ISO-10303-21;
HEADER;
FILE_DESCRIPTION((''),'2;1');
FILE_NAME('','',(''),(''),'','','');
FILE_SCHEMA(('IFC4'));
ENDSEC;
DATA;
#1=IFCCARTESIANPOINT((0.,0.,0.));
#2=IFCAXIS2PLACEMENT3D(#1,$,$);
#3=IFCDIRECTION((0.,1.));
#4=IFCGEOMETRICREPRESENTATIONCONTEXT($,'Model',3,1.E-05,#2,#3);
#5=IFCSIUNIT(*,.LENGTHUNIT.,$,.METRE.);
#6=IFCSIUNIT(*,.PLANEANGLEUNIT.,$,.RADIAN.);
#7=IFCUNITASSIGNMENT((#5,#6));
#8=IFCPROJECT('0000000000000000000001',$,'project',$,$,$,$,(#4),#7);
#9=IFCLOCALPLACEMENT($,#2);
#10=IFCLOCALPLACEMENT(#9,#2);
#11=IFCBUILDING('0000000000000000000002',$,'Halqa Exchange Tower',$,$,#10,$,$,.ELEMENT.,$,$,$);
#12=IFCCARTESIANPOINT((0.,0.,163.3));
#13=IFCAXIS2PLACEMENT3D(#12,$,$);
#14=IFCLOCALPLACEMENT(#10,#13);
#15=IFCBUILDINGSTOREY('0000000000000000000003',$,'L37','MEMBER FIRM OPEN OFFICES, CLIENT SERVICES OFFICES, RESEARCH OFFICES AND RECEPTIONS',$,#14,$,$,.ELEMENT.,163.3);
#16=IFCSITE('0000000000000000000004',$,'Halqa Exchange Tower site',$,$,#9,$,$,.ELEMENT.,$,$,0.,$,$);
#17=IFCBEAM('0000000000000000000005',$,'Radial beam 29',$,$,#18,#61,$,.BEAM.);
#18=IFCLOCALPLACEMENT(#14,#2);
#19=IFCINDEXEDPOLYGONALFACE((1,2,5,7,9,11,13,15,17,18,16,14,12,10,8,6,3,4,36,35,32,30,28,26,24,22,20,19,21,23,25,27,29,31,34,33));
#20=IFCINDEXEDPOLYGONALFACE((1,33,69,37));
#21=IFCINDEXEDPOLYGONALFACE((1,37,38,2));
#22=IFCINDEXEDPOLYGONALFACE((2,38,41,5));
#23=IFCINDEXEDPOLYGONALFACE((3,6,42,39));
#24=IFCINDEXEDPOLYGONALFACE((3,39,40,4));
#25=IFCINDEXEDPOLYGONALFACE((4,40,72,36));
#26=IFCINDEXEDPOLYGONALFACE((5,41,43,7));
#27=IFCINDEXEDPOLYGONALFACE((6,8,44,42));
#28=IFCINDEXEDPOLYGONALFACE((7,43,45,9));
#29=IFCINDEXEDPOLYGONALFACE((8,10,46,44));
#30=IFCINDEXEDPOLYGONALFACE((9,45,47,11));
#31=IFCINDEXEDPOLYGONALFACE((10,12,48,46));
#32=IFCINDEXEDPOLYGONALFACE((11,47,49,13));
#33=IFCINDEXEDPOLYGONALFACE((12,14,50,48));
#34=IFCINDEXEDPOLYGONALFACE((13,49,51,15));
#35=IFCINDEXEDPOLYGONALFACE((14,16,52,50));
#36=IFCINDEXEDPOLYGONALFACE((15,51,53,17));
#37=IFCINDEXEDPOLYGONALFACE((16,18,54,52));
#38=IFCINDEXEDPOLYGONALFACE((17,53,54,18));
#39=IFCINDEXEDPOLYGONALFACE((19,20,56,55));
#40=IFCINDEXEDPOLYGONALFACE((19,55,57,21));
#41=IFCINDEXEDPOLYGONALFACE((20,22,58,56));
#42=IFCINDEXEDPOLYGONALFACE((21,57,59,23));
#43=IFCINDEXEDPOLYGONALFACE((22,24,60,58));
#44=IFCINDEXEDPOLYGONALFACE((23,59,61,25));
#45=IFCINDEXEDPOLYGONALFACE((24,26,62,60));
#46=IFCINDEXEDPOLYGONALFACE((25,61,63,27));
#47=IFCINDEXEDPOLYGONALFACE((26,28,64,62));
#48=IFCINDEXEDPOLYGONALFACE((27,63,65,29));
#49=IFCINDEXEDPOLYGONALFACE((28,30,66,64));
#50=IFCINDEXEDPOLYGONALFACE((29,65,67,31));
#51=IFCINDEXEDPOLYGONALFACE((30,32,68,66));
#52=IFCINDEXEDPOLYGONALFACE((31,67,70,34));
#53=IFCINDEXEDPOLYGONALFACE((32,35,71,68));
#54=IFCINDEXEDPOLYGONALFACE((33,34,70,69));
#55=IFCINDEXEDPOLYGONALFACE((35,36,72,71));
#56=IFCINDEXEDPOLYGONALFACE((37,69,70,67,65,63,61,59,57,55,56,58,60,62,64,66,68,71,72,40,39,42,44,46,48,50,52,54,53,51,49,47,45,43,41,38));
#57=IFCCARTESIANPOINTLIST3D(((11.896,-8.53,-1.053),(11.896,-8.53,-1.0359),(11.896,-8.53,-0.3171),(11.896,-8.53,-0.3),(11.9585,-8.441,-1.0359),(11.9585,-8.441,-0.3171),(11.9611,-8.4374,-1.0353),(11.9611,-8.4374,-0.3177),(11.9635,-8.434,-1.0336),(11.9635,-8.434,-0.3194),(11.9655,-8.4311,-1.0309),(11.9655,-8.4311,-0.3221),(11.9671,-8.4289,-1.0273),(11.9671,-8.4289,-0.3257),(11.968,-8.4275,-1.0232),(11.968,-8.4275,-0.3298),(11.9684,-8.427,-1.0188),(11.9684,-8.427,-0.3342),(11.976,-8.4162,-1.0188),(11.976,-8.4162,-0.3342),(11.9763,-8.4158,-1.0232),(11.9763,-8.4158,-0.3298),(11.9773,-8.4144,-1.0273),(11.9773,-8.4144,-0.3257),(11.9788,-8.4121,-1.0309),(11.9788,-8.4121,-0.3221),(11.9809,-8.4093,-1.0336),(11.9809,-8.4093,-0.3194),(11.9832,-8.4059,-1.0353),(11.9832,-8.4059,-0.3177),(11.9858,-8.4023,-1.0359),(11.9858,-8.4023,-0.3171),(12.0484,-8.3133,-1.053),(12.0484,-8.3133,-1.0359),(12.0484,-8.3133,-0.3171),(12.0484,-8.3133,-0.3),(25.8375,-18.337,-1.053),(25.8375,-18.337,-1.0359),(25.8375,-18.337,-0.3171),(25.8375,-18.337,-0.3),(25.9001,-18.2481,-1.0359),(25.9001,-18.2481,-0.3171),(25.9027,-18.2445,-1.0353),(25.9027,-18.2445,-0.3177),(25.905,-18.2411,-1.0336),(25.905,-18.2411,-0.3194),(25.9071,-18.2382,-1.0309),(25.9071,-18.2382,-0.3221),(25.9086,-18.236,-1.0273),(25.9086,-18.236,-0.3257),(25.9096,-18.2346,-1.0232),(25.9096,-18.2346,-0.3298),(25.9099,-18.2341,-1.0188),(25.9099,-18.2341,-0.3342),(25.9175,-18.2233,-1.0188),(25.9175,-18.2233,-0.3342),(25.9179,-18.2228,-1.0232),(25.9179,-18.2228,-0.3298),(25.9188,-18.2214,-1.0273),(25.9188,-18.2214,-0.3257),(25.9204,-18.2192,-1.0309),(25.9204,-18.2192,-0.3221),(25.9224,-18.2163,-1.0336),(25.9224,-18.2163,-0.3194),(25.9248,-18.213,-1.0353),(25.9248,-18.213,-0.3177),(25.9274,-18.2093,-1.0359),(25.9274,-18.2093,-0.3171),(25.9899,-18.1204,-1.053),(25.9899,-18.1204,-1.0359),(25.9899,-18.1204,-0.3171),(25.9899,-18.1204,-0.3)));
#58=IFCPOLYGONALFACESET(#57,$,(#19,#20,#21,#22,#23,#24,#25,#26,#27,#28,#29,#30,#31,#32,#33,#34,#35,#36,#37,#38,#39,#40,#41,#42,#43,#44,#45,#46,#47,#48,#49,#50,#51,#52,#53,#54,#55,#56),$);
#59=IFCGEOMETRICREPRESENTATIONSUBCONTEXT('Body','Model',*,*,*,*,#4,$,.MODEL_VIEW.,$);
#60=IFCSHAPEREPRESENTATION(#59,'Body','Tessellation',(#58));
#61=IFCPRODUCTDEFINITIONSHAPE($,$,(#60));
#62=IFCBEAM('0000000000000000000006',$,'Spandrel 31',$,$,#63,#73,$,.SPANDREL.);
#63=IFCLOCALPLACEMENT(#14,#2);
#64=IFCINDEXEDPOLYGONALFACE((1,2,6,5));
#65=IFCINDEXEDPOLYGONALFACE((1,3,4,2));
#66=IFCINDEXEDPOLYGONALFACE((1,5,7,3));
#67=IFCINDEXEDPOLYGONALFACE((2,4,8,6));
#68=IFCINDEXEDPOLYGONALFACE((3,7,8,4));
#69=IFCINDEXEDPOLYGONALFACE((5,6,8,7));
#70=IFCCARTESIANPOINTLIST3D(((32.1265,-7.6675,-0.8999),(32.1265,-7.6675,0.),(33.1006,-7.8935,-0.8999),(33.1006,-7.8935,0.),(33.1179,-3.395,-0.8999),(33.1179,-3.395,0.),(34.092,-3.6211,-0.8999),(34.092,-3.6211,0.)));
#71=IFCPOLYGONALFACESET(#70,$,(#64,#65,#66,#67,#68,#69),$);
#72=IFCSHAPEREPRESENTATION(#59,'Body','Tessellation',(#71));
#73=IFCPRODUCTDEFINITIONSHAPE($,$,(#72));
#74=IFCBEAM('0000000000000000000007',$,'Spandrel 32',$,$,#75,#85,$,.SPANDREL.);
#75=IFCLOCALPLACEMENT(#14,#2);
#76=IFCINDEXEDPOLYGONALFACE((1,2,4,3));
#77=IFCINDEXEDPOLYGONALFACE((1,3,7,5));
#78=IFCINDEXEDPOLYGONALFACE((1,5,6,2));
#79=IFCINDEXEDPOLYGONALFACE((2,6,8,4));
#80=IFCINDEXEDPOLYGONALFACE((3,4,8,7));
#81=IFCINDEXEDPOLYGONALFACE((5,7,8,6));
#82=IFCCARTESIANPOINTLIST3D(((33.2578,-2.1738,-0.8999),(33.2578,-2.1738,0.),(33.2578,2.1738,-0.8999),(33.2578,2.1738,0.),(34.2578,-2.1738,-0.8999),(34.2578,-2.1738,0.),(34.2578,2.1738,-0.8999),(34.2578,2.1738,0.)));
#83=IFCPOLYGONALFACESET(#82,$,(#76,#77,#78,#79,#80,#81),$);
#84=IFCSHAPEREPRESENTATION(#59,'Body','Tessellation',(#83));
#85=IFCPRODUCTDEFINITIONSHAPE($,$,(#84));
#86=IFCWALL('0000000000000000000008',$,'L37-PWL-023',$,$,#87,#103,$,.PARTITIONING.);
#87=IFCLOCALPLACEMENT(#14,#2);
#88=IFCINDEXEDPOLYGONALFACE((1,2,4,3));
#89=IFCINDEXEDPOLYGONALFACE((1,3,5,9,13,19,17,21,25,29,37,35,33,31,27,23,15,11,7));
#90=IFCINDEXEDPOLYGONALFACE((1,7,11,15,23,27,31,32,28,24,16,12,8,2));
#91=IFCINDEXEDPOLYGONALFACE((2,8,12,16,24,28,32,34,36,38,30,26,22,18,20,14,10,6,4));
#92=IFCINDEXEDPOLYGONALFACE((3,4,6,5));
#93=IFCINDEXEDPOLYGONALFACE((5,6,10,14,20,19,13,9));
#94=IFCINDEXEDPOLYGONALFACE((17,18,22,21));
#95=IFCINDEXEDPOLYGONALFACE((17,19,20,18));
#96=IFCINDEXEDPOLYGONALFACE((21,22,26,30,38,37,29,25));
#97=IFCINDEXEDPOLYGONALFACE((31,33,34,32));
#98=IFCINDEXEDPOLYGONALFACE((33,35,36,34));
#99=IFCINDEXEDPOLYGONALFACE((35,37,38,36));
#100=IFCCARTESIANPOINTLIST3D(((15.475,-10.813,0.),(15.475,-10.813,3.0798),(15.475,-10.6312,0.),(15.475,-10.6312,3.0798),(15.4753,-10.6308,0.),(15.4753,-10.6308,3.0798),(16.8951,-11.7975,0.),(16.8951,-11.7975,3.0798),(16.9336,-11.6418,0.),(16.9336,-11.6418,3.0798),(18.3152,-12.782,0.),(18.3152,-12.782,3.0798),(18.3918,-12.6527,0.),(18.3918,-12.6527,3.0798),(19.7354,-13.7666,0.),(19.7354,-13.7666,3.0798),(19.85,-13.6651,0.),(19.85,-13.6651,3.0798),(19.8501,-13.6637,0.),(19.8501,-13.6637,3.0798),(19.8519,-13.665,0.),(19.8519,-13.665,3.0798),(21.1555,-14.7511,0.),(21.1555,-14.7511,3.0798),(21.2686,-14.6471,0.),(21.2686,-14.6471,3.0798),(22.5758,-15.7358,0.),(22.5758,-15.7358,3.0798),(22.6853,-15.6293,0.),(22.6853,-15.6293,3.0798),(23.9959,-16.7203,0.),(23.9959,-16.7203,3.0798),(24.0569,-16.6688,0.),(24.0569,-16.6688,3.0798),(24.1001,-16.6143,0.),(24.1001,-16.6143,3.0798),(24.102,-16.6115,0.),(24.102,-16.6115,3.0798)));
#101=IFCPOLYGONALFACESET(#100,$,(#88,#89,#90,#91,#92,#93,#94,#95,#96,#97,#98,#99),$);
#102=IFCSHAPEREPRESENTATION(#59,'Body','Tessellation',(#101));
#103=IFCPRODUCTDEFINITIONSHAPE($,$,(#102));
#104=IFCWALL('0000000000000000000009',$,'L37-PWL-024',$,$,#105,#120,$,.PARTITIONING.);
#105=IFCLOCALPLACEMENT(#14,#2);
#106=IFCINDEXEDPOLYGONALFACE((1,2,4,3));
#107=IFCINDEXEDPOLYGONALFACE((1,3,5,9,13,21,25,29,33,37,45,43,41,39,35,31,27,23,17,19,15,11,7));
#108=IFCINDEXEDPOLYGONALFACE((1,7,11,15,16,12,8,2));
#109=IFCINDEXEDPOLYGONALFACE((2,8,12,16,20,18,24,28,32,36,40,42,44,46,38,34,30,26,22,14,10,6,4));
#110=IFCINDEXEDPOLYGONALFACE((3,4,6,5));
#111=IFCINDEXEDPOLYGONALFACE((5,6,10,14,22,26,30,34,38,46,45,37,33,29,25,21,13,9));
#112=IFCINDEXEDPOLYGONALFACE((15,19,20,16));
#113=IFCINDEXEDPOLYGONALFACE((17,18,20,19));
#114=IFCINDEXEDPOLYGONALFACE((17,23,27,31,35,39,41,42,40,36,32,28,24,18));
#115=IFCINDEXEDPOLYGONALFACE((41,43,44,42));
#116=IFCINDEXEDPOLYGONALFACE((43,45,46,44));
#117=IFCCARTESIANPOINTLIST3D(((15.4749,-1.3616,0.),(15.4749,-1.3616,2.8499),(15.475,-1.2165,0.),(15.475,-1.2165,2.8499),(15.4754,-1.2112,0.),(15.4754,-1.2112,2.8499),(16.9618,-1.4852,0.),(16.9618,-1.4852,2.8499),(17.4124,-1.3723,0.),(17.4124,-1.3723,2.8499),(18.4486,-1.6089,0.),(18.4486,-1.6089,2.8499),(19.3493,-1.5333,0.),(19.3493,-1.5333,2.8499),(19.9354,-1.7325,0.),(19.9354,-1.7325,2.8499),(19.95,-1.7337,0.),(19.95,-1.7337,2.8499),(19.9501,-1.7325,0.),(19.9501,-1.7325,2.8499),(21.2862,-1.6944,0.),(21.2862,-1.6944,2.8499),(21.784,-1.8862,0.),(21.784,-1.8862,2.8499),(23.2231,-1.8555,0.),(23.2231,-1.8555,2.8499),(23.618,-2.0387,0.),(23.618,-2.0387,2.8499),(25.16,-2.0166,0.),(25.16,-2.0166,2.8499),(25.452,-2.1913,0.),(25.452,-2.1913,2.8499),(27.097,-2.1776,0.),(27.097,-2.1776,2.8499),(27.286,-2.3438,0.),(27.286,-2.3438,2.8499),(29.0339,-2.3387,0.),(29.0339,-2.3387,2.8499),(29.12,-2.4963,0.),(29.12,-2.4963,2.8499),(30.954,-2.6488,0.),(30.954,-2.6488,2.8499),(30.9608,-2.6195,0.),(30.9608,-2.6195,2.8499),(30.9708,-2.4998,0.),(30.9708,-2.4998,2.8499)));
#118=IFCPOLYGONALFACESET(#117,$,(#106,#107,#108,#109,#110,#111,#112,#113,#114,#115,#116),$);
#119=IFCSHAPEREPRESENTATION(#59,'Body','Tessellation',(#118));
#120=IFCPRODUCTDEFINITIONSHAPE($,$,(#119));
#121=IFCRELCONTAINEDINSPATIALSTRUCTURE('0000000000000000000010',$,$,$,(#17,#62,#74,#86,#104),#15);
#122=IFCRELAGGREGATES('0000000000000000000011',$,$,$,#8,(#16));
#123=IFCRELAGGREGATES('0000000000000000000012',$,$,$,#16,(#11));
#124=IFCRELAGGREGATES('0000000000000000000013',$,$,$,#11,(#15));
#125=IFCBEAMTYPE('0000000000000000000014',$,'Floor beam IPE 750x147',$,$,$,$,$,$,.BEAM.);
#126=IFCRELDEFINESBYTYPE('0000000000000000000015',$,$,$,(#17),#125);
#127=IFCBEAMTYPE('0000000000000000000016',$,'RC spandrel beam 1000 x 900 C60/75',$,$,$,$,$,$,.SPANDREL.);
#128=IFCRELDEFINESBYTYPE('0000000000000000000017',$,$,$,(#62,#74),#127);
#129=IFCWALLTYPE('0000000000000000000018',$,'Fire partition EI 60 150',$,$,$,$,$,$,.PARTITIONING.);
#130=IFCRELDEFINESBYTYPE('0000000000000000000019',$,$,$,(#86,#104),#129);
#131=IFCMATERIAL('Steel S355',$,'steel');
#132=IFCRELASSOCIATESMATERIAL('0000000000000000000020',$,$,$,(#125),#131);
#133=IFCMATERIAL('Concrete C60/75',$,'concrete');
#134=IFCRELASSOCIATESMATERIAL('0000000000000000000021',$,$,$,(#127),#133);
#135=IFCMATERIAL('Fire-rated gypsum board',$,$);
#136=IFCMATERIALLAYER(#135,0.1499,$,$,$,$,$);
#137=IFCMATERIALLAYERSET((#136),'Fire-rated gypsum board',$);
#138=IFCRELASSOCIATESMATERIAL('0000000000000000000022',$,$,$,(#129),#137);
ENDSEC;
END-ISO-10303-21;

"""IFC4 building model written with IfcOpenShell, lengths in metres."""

from ifc_helpers import new_model, si_unit, direction, frame, origin, origin_2d, place, context, subcontext, project, spatial, polyline, rectangle, i_section, outline, extrude, material, layer, layer_set, material_profile, profile_set, type_object, element, save


model = new_model("IFC4")

# Units and contexts
model_context = context("Model", 3, precision=1e-05, world=origin(), true_north=direction((0.0, 1.0)))
body_context = subcontext(model_context, "Body", "Model", "MODEL_VIEW")
ifc_project = project(units=[si_unit("LENGTHUNIT", "METRE"), si_unit("PLANEANGLEUNIT", "RADIAN")], contexts=[model_context])

# Site, building, storey
site_placement = place(None, origin())
site = spatial("IfcSite", under=ifc_project, at=site_placement, Name="Halqa Exchange Tower site", CompositionType="ELEMENT", RefElevation=0.0)
building_placement = place(site_placement, origin())
building = spatial("IfcBuilding", under=site, at=building_placement, Name="Halqa Exchange Tower", CompositionType="ELEMENT")
storey_placement = place(building_placement, frame((0.0, 0.0, 163.3)))
storey = spatial("IfcBuildingStorey", under=building, at=storey_placement, Name="L37", Description="MEMBER FIRM OPEN OFFICES, CLIENT SERVICES OFFICES, RESEARCH OFFICES AND RECEPTIONS", CompositionType="ELEMENT", Elevation=163.3)

# Beams
ifc_material_1 = material(Name="Steel S355", Category="steel")
ifc_material_profile_1 = material_profile(ifc_material_1, i_section(OverallWidth=0.2649, OverallDepth=0.7529, WebThickness=0.0132, FlangeThickness=0.0171, FilletRadius=0.0171, at=origin_2d()), Name="IPE 750x147")
ifc_profile_set_1 = profile_set([ifc_material_profile_1], Name="Steel S355")
beam_type_1 = type_object("IfcBeamType", Name="Floor beam IPE 750x147", PredefinedType="BEAM", material=ifc_profile_set_1)
beam_1_placement = place(storey_placement, frame((11.9722, -8.4216, -0.6765), z_axis=(0.817908, -0.57535, 0.0), x_axis=(0.57535, 0.817908, 0.0)))
element("IfcBeam", 1, at=beam_1_placement, inside=storey, type_object=beam_type_1, Name="Radial beam 29", PredefinedType="BEAM", context=body_context, shape_type="SweptSolid", body=[
    extrude(i_section(OverallWidth=0.2649, OverallDepth=0.7529, WebThickness=0.0132, FlangeThickness=0.0171, FilletRadius=0.0171, at=origin_2d()), origin(), (0.0, 0.0, 1.0), 17.0454),
])
ifc_material_2 = material(Name="Concrete C60/75", Category="concrete")
ifc_material_profile_2 = material_profile(ifc_material_2, rectangle(XDim=1.0, YDim=0.8999, at=origin_2d()), Name="1000 x 900")
ifc_profile_set_2 = profile_set([ifc_material_profile_2], Name="Concrete C60/75")
beam_type_2 = type_object("IfcBeamType", Name="RC spandrel beam 1000 x 900 C60/75", PredefinedType="SPANDREL", material=ifc_profile_set_2)
beam_2_placement = place(storey_placement, frame((32.6135, -7.7805, -0.45), z_axis=(0.22605, 0.974116, 0.0), x_axis=(-0.974116, 0.22605, 0.0)))
element("IfcBeam", 2, at=beam_2_placement, inside=storey, type_object=beam_type_2, Name="Spandrel 31", PredefinedType="SPANDREL", context=body_context, shape_type="SweptSolid", body=[
    extrude(rectangle(XDim=1.0, YDim=0.8999, at=origin_2d()), origin(), (0.0, 0.0, 1.0), 4.386),
])
beam_3_placement = place(storey_placement, frame((33.7578, -2.1738, -0.45), z_axis=(0.0, 1.0, 0.0), x_axis=(-1.0, 0.0, 0.0)))
element("IfcBeam", 3, at=beam_3_placement, inside=storey, type_object=beam_type_2, Name="Spandrel 32", PredefinedType="SPANDREL", context=body_context, shape_type="SweptSolid", body=[
    extrude(rectangle(XDim=1.0, YDim=0.8999, at=origin_2d()), origin(), (0.0, 0.0, 1.0), 4.3477),
])

# Walls
ifc_material_3 = material(Name="Fire-rated gypsum board")
ifc_layer_1 = layer(ifc_material_3, 0.1499)
ifc_layer_set_1 = layer_set([ifc_layer_1], Name="Fire-rated gypsum board")
wall_type_1 = type_object("IfcWallType", Name="Fire partition EI 60 150", PredefinedType="PARTITIONING", material=ifc_layer_set_1)
wall_1_placement = place(storey_placement, frame((15.4326, -10.6924, 0.0), z_axis=(0.0, 0.0, 1.0), x_axis=(0.821819, -0.569749, 0.0)))
element("IfcWall", 4, at=wall_1_placement, inside=storey, type_object=wall_type_1, Name="L37-PWL-023", PredefinedType="PARTITIONING", context=body_context, shape_type="SweptSolid", body=[
    extrude(outline(polyline([(0.1035, -0.075), (1.8315, -0.075), (3.5596, -0.075), (5.2876, -0.075), (7.0156, -0.075), (8.7439, -0.075), (10.4719, -0.075), (10.4927, 0.0022), (10.4971, 0.0715), (10.4971, 0.075), (8.7732, 0.075), (7.0493, 0.075), (5.3254, 0.075), (5.324, 0.0737), (5.3232, 0.075), (3.5488, 0.075), (1.7744, 0.075), (0.0, 0.075), (0.0, 0.0745), (0.1035, -0.075)])), origin(), (0.0, 0.0, 1.0), 3.0798),
])
wall_2_placement = place(storey_placement, frame((15.4692, -1.2859, 0.0), z_axis=(0.0, 0.0, 1.0), x_axis=(0.99656, -0.082873, 0.0)))
element("IfcWall", 5, at=wall_2_placement, inside=storey, type_object=wall_type_1, Name="L37-PWL-024", PredefinedType="PARTITIONING", context=body_context, shape_type="SweptSolid", body=[
    extrude(outline(polyline([(0.012, -0.075), (1.5039, -0.075), (2.9958, -0.075), (4.4878, -0.075), (4.5024, -0.0737), (4.5024, -0.075), (6.3428, -0.075), (8.1831, -0.075), (10.0234, -0.075), (11.8638, -0.075), (13.7041, -0.075), (15.5444, -0.075), (15.5488, -0.0452), (15.5488, 0.075), (13.6052, 0.075), (11.6616, 0.075), (9.718, 0.075), (7.7744, 0.075), (5.8308, 0.075), (3.8872, 0.075), (1.9436, 0.075), (0.0, 0.075), (0.0, 0.0696), (0.012, -0.075)])), origin(), (0.0, 0.0, 1.0), 2.8499),
])

save(model, "model.ifc")
